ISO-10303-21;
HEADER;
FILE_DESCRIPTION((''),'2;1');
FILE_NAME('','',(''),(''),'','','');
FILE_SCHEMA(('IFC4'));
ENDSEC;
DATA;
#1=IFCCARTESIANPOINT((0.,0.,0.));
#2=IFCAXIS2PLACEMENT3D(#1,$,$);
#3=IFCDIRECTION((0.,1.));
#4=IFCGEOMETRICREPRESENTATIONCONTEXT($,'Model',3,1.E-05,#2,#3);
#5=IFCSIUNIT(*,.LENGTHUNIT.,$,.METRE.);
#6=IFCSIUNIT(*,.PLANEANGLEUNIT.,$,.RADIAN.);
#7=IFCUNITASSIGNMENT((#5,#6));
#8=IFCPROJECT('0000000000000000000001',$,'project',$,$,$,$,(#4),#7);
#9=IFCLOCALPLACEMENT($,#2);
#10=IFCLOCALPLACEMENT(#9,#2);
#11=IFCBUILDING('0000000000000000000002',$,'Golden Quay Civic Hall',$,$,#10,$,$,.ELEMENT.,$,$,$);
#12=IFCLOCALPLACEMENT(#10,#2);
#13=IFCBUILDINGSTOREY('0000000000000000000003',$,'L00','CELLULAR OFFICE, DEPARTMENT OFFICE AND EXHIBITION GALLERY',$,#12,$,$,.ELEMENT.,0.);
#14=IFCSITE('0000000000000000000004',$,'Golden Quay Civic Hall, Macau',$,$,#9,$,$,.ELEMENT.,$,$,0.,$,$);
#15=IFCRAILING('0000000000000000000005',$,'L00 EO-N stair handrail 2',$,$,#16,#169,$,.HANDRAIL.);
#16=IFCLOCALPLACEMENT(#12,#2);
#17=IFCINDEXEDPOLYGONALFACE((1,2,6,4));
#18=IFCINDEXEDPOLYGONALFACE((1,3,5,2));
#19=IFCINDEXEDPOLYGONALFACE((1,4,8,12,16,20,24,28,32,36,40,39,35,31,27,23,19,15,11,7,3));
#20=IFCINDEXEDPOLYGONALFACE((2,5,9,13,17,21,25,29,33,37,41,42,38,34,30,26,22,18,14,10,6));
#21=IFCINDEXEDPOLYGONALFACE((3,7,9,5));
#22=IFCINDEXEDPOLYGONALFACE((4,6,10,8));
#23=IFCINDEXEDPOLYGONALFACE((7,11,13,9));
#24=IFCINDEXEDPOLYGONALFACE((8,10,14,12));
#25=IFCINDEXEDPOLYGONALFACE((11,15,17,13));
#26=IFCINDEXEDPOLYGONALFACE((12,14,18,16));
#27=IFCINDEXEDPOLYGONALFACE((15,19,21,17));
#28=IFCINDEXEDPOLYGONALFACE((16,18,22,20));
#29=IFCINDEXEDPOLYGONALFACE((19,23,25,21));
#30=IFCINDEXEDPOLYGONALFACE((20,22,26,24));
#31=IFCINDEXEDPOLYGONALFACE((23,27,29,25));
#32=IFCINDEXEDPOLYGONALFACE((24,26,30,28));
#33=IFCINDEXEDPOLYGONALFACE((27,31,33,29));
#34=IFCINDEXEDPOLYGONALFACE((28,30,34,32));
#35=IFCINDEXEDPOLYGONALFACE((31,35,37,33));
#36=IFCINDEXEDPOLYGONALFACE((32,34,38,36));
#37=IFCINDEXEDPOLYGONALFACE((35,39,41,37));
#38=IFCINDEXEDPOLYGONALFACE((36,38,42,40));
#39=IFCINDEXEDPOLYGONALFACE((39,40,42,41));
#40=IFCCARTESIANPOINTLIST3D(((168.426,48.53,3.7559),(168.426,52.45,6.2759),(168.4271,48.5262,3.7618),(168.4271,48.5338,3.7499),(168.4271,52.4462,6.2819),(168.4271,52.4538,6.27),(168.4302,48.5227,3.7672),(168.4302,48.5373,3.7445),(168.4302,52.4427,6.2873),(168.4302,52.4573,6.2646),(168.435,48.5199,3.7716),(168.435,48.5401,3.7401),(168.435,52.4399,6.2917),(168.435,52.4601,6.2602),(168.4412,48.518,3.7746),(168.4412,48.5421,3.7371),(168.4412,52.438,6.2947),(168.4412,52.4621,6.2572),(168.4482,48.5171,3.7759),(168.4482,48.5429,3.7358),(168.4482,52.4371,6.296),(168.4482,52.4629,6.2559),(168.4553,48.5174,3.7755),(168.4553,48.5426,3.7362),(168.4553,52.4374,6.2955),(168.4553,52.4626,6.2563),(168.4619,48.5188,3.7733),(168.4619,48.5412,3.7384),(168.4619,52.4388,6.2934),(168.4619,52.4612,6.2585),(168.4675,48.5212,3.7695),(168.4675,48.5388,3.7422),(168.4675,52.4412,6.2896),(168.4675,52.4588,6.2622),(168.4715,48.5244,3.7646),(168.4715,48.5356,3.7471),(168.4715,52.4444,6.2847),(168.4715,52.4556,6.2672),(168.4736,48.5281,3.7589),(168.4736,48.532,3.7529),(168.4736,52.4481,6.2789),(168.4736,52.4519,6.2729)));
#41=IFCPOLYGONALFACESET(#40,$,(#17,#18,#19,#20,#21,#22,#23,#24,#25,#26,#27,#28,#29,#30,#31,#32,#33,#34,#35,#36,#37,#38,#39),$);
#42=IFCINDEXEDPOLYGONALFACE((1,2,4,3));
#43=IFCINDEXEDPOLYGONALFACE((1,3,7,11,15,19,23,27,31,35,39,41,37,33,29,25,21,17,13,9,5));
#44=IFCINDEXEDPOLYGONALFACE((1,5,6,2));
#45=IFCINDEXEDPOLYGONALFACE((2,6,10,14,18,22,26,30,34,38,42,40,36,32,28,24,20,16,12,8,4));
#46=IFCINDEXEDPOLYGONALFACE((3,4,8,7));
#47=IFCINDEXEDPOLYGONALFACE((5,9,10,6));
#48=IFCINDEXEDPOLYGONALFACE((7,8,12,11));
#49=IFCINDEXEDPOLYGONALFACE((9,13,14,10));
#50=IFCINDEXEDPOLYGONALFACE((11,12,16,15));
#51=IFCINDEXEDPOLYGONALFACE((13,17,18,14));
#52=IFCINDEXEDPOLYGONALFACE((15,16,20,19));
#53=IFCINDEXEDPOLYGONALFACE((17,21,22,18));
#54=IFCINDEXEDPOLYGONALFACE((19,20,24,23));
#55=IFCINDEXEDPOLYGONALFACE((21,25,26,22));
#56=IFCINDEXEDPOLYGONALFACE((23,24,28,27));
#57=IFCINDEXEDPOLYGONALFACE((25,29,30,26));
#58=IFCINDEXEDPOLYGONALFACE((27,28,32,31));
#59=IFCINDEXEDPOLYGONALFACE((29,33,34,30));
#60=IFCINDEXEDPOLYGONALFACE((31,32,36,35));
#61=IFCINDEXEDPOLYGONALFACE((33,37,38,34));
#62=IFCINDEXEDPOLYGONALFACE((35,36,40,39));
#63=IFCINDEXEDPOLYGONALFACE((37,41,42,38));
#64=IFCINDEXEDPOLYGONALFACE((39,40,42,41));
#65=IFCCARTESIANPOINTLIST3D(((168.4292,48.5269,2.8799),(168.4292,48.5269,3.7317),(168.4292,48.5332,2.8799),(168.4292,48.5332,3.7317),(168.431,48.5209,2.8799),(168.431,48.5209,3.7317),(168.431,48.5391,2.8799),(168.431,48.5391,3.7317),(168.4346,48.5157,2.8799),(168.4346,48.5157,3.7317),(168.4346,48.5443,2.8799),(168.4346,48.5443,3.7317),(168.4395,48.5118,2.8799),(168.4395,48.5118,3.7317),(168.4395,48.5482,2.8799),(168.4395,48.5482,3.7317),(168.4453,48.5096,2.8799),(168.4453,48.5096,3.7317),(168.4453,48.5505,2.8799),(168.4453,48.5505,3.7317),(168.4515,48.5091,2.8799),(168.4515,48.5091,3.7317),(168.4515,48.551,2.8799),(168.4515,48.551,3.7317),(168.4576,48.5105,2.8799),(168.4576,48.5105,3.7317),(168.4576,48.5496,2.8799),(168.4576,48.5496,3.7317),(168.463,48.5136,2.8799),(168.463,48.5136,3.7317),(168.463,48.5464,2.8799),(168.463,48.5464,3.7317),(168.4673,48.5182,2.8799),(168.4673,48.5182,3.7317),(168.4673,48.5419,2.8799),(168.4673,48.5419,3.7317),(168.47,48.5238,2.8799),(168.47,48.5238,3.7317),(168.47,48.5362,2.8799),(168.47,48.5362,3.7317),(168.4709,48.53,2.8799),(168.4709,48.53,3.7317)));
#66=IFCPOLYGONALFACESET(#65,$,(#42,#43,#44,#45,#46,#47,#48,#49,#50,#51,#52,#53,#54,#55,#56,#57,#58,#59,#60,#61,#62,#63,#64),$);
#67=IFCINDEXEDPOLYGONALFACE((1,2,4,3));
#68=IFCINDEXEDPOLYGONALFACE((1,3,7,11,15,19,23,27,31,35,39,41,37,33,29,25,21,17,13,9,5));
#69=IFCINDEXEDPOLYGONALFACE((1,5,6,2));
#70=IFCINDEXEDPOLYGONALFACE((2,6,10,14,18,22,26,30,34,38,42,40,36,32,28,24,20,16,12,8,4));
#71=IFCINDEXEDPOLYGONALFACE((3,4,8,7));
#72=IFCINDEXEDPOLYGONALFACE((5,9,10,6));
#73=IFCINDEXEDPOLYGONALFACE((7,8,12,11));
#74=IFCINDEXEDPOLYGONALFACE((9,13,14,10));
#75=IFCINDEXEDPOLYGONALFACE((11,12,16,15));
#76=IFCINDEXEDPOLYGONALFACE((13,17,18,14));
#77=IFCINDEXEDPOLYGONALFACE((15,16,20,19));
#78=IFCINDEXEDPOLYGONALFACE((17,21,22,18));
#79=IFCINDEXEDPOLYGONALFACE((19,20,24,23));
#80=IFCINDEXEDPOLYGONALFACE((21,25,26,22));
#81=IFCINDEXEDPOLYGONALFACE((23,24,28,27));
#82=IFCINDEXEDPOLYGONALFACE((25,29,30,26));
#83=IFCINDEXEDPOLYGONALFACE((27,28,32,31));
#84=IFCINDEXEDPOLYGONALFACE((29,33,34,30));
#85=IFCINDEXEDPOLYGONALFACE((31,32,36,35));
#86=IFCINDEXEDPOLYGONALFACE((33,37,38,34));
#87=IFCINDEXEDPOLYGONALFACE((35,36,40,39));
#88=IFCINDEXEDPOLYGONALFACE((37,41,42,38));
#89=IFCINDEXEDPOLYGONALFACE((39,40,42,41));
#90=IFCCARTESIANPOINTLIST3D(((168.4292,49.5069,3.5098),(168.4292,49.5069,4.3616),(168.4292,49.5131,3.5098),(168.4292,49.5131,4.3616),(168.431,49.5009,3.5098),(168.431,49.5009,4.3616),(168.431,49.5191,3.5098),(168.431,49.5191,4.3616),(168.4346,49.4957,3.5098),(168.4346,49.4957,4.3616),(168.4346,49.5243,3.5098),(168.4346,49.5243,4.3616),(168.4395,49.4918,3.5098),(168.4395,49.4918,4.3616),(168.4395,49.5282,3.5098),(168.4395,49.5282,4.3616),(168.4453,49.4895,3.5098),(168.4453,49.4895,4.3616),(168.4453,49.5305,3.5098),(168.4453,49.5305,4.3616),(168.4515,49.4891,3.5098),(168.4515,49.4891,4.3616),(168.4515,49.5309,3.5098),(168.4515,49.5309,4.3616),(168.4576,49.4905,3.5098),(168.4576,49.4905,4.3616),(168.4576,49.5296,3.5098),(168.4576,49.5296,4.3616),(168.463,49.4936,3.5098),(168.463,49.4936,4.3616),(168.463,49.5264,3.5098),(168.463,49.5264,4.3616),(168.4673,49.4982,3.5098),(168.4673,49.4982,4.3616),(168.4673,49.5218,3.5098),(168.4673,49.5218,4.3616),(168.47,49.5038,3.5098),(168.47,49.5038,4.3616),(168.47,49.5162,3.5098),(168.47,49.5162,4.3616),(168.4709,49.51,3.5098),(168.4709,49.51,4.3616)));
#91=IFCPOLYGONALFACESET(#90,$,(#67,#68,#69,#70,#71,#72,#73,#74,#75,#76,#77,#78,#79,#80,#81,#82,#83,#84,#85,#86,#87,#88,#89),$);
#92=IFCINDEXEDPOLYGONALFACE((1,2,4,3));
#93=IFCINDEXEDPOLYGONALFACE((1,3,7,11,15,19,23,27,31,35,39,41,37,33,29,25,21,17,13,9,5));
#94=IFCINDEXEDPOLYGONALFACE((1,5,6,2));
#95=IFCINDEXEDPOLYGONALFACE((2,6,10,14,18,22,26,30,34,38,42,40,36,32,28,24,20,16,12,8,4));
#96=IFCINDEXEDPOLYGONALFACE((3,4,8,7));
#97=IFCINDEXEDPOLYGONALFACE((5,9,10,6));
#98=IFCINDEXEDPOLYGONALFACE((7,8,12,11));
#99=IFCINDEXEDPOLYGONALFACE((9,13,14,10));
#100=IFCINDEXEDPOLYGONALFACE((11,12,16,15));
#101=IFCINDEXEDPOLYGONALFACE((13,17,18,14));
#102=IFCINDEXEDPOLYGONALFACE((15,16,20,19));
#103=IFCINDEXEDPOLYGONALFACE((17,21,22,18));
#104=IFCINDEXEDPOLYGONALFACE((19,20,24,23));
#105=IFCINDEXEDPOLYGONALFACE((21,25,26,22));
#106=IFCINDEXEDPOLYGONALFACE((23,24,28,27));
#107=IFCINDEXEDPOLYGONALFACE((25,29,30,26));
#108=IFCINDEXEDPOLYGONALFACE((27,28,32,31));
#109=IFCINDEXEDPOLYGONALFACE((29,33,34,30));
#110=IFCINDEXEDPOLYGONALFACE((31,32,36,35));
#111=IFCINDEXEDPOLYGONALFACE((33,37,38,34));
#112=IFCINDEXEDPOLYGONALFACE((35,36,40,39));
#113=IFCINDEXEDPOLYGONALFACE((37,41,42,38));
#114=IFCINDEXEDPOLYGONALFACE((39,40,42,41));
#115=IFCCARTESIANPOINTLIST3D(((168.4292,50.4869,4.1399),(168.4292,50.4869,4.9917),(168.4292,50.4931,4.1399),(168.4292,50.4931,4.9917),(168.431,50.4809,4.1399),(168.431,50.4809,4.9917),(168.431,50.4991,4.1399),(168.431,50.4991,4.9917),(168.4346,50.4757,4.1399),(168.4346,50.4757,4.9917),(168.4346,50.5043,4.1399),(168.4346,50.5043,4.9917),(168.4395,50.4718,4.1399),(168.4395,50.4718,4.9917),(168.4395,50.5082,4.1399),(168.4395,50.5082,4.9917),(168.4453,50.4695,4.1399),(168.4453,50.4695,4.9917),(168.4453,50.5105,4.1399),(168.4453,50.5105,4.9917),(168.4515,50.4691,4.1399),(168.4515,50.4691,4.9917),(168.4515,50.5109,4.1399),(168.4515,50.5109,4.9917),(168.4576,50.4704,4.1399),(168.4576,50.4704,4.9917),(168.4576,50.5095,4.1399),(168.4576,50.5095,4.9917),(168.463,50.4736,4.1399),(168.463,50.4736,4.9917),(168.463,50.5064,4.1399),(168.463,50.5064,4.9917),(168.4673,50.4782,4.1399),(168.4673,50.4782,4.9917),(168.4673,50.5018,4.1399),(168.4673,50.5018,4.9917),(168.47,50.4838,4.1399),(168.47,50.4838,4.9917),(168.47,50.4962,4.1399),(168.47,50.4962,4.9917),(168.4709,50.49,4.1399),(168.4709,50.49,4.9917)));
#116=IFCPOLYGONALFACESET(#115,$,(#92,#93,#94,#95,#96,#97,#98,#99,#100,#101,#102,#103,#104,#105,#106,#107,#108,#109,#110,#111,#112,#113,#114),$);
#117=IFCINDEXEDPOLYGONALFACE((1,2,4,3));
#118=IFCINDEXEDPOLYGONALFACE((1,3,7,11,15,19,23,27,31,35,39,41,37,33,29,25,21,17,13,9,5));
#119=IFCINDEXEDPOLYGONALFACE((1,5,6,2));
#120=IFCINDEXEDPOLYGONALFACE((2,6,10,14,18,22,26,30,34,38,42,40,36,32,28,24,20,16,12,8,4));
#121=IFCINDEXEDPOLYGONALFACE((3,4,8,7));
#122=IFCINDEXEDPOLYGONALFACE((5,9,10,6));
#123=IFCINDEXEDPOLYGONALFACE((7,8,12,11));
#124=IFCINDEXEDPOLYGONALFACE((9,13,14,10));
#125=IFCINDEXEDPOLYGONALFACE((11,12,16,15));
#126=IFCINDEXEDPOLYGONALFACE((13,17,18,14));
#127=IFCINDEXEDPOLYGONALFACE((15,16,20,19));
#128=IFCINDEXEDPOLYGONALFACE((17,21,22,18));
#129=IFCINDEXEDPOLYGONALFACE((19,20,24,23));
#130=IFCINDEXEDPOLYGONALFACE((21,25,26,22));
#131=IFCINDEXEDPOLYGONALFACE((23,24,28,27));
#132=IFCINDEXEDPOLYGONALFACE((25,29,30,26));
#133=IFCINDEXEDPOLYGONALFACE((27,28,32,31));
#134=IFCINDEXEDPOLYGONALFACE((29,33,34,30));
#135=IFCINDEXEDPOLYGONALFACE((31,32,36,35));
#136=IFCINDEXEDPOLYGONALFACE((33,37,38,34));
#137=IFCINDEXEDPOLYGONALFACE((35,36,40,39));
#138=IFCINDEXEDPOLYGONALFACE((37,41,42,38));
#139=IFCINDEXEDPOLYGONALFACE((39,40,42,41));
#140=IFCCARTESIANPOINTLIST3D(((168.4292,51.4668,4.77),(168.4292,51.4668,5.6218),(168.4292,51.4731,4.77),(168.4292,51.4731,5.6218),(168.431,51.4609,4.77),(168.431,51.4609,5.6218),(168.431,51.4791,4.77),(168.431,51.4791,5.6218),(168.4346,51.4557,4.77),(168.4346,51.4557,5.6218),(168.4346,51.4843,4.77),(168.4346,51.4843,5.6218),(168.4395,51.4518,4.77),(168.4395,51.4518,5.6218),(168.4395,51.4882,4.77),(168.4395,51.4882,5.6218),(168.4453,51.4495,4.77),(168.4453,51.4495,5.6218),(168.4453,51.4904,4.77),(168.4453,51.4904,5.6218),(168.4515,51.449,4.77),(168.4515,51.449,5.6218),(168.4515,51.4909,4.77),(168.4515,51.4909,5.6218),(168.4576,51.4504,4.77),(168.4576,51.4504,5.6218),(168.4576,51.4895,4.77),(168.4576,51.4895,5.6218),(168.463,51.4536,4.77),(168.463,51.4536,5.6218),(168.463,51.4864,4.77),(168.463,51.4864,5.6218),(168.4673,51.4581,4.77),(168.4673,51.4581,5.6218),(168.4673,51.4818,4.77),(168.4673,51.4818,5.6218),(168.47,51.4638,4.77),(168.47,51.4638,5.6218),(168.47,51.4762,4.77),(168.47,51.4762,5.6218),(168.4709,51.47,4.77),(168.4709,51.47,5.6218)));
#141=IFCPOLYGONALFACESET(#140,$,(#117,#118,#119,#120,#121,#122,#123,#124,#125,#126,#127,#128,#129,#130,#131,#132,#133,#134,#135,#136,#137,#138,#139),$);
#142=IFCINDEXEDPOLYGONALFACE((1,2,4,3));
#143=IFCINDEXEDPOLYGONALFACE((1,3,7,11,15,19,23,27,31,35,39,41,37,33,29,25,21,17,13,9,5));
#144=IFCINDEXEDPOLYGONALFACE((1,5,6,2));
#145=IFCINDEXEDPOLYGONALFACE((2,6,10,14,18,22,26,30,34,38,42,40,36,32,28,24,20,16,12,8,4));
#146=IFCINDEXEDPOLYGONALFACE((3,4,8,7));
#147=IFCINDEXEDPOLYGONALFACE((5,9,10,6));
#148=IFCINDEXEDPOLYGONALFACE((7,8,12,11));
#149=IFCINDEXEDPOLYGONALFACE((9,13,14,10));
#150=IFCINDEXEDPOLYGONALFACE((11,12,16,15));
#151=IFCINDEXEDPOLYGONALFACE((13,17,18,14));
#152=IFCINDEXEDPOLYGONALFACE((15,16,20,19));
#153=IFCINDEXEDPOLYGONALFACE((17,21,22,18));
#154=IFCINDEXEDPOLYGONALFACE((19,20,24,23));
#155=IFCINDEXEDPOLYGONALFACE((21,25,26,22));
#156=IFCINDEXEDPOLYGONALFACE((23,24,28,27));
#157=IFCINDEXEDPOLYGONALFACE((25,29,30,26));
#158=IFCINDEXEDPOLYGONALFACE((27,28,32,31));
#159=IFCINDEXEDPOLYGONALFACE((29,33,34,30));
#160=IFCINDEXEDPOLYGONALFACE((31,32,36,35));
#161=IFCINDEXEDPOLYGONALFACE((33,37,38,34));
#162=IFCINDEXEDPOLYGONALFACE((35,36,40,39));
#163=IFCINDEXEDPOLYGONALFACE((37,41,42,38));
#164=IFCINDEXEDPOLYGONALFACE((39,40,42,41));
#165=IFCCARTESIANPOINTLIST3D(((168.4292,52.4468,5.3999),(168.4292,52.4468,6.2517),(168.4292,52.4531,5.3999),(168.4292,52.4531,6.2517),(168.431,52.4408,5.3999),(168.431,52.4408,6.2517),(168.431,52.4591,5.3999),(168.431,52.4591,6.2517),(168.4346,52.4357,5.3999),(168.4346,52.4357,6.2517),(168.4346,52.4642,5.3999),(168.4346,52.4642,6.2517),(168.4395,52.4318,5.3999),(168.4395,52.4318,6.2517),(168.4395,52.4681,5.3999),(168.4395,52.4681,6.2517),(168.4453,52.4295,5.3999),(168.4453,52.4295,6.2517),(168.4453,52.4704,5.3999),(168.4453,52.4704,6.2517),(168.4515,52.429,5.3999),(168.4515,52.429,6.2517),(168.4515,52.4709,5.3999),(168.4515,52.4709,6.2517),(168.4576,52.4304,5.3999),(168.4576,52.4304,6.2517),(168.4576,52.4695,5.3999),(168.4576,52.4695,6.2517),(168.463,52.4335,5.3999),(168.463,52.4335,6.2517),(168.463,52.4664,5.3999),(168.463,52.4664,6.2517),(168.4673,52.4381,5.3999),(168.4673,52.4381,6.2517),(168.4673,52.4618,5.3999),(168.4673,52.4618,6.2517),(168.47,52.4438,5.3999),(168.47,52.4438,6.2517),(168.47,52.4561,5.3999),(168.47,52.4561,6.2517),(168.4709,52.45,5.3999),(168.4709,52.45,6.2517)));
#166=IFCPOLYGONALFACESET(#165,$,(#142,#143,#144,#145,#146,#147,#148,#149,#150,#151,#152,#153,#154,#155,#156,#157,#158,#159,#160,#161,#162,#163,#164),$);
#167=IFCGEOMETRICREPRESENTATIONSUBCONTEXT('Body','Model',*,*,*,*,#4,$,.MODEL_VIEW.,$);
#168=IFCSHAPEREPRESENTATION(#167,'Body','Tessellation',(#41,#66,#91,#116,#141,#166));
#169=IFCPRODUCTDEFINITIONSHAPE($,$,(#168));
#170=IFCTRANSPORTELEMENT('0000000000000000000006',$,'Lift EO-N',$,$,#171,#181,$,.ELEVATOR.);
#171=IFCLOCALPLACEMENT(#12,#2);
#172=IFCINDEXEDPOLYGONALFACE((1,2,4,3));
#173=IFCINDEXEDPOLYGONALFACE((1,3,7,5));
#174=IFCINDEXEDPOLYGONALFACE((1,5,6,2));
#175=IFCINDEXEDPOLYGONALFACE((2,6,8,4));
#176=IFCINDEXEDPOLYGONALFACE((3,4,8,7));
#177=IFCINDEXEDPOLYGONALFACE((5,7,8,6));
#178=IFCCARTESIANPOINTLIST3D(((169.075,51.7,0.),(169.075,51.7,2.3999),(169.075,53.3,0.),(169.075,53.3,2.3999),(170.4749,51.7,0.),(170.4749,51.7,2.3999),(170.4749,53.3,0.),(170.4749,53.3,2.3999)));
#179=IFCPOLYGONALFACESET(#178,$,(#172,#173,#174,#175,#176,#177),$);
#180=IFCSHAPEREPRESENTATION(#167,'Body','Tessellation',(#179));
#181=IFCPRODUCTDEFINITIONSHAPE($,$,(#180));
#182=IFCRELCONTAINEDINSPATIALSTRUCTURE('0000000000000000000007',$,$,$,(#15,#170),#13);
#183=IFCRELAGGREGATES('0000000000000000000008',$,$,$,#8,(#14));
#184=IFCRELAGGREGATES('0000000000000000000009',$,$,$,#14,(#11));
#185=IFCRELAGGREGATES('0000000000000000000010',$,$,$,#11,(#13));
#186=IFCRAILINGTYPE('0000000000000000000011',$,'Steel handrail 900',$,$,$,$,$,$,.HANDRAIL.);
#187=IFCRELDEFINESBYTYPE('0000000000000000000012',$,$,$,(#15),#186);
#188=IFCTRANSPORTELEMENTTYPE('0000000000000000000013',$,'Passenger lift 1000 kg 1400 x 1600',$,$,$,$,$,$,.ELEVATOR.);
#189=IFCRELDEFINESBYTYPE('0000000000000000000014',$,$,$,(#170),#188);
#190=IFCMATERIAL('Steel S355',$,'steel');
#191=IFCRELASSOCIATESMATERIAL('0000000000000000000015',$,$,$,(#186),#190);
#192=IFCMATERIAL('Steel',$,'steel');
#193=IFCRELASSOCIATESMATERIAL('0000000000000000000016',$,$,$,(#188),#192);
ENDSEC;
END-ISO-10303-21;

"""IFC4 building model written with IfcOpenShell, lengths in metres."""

from ifc_helpers import new_model, si_unit, direction, frame, origin, origin_2d, place, context, subcontext, project, spatial, rectangle, circle, extrude, material, type_object, element, save


model = new_model("IFC4")

# Units and contexts
model_context = context("Model", 3, precision=1e-05, world=origin(), true_north=direction((0.0, 1.0)))
body_context = subcontext(model_context, "Body", "Model", "MODEL_VIEW")
ifc_project = project(units=[si_unit("LENGTHUNIT", "METRE"), si_unit("PLANEANGLEUNIT", "RADIAN")], contexts=[model_context])

# Site, building, storey
site_placement = place(None, origin())
site = spatial("IfcSite", under=ifc_project, at=site_placement, Name="Golden Quay Civic Hall, Macau", CompositionType="ELEMENT", RefElevation=0.0)
building_placement = place(site_placement, origin())
building = spatial("IfcBuilding", under=site, at=building_placement, Name="Golden Quay Civic Hall", CompositionType="ELEMENT")
storey_placement = place(building_placement, origin())
storey = spatial("IfcBuildingStorey", under=building, at=storey_placement, Name="L00", Description="CELLULAR OFFICE, DEPARTMENT OFFICE AND EXHIBITION GALLERY", CompositionType="ELEMENT", Elevation=0.0)

# Railing
ifc_material_1 = material(Name="Steel S355", Category="steel")
railing_type_1 = type_object("IfcRailingType", Name="Steel handrail 900", PredefinedType="HANDRAIL", material=ifc_material_1)
railing_1_placement = place(storey_placement, frame((168.45, 48.53, 2.8799)))
element("IfcRailing", 1, at=railing_1_placement, inside=storey, type_object=railing_type_1, Name="L00 EO-N stair handrail 2", PredefinedType="HANDRAIL", context=body_context, shape_type="SweptSolid", body=[
    extrude(circle(Radius=0.0239, at=origin_2d()), frame((0.0, 0.0, 0.876), z_axis=(0.0, 0.841172, 0.540768), x_axis=(-1.0, 0.0, 0.0)), (0.0, 0.0, 1.0), 4.6602),
    extrude(circle(Radius=0.021, at=origin_2d()), origin(), (0.0, 0.0, 1.0), 0.8518),
    extrude(circle(Radius=0.021, at=origin_2d()), frame((0.0, 0.98, 0.6299)), (0.0, 0.0, 1.0), 0.8518),
    extrude(circle(Radius=0.021, at=origin_2d()), frame((0.0, 1.96, 1.26)), (0.0, 0.0, 1.0), 0.8518),
    extrude(circle(Radius=0.021, at=origin_2d()), frame((0.0, 2.9399, 1.8901)), (0.0, 0.0, 1.0), 0.8518),
    extrude(circle(Radius=0.021, at=origin_2d()), frame((0.0, 3.9199, 2.52)), (0.0, 0.0, 1.0), 0.8518),
])

# Transport element
ifc_material_2 = material(Name="Steel", Category="steel")
transport_element_type = type_object("IfcTransportElementType", Name="Passenger lift 1000 kg 1400 x 1600", PredefinedType="ELEVATOR", material=ifc_material_2)
transport_element_placement = place(storey_placement, frame((169.7749, 52.5, 0.0), z_axis=(0.0, 0.0, 1.0), x_axis=(1.0, 0.0, 0.0)))
element("IfcTransportElement", 2, at=transport_element_placement, inside=storey, type_object=transport_element_type, Name="Lift EO-N", PredefinedType="ELEVATOR", context=body_context, shape_type="SweptSolid", body=[
    extrude(rectangle(XDim=1.3999, YDim=1.6001, at=origin_2d()), origin(), (0.0, 0.0, 1.0), 2.3999),
])

save(model, "model.ifc")
